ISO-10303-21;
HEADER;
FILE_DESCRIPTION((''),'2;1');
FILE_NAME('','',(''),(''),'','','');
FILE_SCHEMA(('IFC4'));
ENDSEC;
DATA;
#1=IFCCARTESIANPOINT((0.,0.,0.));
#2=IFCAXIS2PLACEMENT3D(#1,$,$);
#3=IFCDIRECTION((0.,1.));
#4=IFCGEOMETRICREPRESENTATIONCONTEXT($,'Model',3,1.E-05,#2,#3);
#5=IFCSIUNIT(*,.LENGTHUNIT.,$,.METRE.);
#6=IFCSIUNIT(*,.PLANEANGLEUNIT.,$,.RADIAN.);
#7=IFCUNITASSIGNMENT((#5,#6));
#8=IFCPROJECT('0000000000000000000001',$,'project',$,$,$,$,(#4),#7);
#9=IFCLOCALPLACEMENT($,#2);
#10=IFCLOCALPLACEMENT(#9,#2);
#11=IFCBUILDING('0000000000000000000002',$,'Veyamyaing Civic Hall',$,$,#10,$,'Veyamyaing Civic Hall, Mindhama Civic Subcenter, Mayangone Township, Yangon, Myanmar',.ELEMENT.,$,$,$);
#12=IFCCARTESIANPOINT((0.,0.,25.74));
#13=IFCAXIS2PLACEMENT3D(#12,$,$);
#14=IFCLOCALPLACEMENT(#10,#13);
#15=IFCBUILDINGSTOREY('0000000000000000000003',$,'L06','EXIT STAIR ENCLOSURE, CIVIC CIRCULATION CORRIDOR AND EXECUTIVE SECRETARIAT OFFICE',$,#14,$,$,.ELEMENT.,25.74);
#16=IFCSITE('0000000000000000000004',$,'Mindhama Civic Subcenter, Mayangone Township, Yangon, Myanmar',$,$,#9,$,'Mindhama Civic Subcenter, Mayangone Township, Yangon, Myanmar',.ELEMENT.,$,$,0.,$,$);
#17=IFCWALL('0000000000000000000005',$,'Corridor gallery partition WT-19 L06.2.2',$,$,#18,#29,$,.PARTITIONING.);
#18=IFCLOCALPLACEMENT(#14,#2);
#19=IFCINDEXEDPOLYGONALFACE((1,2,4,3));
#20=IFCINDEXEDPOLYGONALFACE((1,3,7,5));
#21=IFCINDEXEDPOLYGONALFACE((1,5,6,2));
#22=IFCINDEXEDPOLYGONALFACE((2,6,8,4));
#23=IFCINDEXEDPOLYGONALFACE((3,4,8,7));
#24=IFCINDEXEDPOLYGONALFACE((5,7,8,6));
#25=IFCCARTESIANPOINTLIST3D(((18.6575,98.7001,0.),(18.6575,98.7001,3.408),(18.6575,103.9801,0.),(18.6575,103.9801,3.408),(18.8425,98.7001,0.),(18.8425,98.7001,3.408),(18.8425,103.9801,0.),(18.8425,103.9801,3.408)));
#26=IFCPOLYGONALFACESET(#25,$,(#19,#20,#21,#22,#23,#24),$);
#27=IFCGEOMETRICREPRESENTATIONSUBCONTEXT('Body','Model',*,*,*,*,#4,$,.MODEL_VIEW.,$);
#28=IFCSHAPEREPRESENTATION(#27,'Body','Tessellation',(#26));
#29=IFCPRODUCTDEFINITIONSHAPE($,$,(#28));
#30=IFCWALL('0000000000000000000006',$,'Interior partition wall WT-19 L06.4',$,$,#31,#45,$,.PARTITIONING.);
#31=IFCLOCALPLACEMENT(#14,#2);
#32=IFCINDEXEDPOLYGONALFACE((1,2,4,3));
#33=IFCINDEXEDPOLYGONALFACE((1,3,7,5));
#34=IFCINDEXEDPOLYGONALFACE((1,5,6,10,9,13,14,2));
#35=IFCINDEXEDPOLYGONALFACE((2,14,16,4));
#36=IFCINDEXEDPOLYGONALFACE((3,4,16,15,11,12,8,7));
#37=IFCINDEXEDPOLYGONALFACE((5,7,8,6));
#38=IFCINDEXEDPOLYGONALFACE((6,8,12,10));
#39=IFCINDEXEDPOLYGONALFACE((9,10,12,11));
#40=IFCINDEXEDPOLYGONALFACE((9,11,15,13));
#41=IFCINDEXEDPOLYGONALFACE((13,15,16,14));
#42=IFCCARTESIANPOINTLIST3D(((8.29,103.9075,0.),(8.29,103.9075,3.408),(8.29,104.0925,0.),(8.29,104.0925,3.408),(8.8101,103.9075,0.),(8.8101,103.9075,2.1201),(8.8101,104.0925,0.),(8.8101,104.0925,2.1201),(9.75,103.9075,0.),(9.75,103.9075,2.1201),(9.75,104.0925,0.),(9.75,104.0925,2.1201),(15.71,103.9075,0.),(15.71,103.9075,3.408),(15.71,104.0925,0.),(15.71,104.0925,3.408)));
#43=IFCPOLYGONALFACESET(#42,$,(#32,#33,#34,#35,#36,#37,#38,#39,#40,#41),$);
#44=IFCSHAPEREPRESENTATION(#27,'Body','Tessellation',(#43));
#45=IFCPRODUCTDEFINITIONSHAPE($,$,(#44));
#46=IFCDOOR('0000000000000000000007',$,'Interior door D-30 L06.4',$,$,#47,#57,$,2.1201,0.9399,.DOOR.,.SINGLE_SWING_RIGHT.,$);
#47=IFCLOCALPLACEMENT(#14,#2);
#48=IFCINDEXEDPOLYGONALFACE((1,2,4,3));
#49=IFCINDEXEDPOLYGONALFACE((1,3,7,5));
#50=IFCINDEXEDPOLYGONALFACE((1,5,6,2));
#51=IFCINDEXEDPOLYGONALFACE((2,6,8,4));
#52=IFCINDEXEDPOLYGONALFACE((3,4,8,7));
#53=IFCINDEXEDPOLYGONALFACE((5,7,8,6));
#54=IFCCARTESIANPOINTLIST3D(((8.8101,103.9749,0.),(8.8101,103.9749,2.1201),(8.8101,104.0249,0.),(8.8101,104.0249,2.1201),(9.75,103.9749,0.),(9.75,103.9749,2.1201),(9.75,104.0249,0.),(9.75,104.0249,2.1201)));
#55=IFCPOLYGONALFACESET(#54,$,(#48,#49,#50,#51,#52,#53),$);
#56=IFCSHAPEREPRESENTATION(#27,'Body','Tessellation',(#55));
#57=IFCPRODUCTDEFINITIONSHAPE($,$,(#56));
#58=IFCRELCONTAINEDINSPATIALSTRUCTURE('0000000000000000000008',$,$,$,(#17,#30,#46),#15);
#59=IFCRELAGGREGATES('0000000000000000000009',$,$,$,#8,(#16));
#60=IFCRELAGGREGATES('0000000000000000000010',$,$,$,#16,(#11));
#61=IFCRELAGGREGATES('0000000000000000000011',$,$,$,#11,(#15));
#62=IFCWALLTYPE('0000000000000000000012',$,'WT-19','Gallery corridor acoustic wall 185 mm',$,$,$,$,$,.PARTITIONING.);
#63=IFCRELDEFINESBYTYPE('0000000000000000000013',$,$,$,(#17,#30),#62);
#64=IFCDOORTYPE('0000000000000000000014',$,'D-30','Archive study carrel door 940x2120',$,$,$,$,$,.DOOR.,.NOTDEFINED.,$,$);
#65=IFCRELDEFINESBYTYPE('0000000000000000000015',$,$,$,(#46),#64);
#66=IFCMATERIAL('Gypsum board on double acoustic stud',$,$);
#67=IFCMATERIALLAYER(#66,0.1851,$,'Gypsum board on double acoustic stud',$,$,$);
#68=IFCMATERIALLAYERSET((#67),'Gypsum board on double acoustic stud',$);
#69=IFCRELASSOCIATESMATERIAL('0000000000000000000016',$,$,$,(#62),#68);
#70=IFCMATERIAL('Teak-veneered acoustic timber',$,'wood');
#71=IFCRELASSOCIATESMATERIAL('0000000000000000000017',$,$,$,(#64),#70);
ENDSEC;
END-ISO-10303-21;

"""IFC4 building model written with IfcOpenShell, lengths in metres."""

from ifc_helpers import new_model, si_unit, direction, frame, frame_2d, origin, place, context, subcontext, project, spatial, rectangle, extrude, material, layer, layer_set, type_object, element, fill, save


model = new_model("IFC4")

# Units and contexts
model_context = context("Model", 3, precision=1e-05, world=origin(), true_north=direction((0.0, 1.0)))
body_context = subcontext(model_context, "Body", "Model", "MODEL_VIEW")
ifc_project = project(units=[si_unit("LENGTHUNIT", "METRE"), si_unit("PLANEANGLEUNIT", "RADIAN")], contexts=[model_context])

# Site, building, storey
site_placement = place(None, origin())
site = spatial("IfcSite", under=ifc_project, at=site_placement, Name="Mindhama Civic Subcenter, Mayangone Township, Yangon, Myanmar", LongName="Mindhama Civic Subcenter, Mayangone Township, Yangon, Myanmar", CompositionType="ELEMENT", RefElevation=0.0)
building_placement = place(site_placement, origin())
building = spatial("IfcBuilding", under=site, at=building_placement, Name="Veyamyaing Civic Hall", LongName="Veyamyaing Civic Hall, Mindhama Civic Subcenter, Mayangone Township, Yangon, Myanmar", CompositionType="ELEMENT")
storey_placement = place(building_placement, frame((0.0, 0.0, 25.74)))
storey = spatial("IfcBuildingStorey", under=building, at=storey_placement, Name="L06", Description="EXIT STAIR ENCLOSURE, CIVIC CIRCULATION CORRIDOR AND EXECUTIVE SECRETARIAT OFFICE", CompositionType="ELEMENT", Elevation=25.74)

# Shared definitions
ifc_material_1 = material(Name="Teak-veneered acoustic timber", Category="wood")

# Shared definitions
ifc_material_2 = material(Name="Gypsum board on double acoustic stud")
ifc_layer_1 = layer(ifc_material_2, 0.1851, Name="Gypsum board on double acoustic stud")
ifc_layer_set_1 = layer_set([ifc_layer_1], Name="Gypsum board on double acoustic stud")
wall_type_1 = type_object("IfcWallType", Name="WT-19", Description="Gallery corridor acoustic wall 185 mm", PredefinedType="PARTITIONING", material=ifc_layer_set_1)
door_type_1 = type_object("IfcDoorType", Name="D-30", Description="Archive study carrel door 940x2120", OperationType="NOTDEFINED", PredefinedType="DOOR", material=ifc_material_1)

# Wall
wall_1_placement = place(storey_placement, frame((18.75, 98.7, 0.0), z_axis=(0.0, 0.0, 1.0), x_axis=(0.0, 1.0, 0.0)))
element("IfcWall", 1, at=wall_1_placement, inside=storey, type_object=wall_type_1, Name="Corridor gallery partition WT-19 L06.2.2", PredefinedType="PARTITIONING", context=body_context, shape_type="SweptSolid", body=[
    extrude(rectangle(XDim=5.28, YDim=0.1851, at=frame_2d((2.6401, 0.0))), origin(), (0.0, 0.0, 1.0), 3.408),
])

# Wall, opening, door
wall_2_placement = place(storey_placement, frame((8.29, 104.0, 0.0), z_axis=(0.0, 0.0, 1.0), x_axis=(1.0, 0.0, 0.0)))
wall_2 = element("IfcWall", 2, at=wall_2_placement, inside=storey, type_object=wall_type_1, Name="Interior partition wall WT-19 L06.4", PredefinedType="PARTITIONING", context=body_context, shape_type="SweptSolid", body=[
    extrude(rectangle(XDim=7.4199, YDim=0.1851, at=frame_2d((3.71, 0.0))), origin(), (0.0, 0.0, 1.0), 3.408),
])
opening_1_placement = place(wall_2_placement, frame((0.52, 0.0, 0.0)))
opening_1 = element("IfcOpeningElement", 3, at=opening_1_placement, cuts=wall_2, PredefinedType="OPENING", context=body_context, shape_type="SweptSolid", body=[
    extrude(rectangle(XDim=0.9399, YDim=2.1201, at=frame_2d((0.47, 1.0601))), frame((0.0, 0.1025, 0.0), z_axis=(0.0, -1.0, 0.0), x_axis=(1.0, 0.0, 0.0)), (0.0, 0.0, 1.0), 0.2051),
])
door_1_placement = place(opening_1_placement, origin())
door_1 = element("IfcDoor", 4, at=door_1_placement, inside=storey, type_object=door_type_1, Name="Interior door D-30 L06.4", OperationType="SINGLE_SWING_RIGHT", OverallHeight=2.1201, OverallWidth=0.9399, PredefinedType="DOOR", context=body_context, shape_type="SweptSolid", body=[
    extrude(rectangle(XDim=0.9399, YDim=2.1201, at=frame_2d((0.47, 1.0601))), frame((0.0, 0.0249, 0.0), z_axis=(0.0, -1.0, 0.0), x_axis=(1.0, 0.0, 0.0)), (0.0, 0.0, 1.0), 0.05),
])
fill(opening_1, door_1)

save(model, "model.ifc")
